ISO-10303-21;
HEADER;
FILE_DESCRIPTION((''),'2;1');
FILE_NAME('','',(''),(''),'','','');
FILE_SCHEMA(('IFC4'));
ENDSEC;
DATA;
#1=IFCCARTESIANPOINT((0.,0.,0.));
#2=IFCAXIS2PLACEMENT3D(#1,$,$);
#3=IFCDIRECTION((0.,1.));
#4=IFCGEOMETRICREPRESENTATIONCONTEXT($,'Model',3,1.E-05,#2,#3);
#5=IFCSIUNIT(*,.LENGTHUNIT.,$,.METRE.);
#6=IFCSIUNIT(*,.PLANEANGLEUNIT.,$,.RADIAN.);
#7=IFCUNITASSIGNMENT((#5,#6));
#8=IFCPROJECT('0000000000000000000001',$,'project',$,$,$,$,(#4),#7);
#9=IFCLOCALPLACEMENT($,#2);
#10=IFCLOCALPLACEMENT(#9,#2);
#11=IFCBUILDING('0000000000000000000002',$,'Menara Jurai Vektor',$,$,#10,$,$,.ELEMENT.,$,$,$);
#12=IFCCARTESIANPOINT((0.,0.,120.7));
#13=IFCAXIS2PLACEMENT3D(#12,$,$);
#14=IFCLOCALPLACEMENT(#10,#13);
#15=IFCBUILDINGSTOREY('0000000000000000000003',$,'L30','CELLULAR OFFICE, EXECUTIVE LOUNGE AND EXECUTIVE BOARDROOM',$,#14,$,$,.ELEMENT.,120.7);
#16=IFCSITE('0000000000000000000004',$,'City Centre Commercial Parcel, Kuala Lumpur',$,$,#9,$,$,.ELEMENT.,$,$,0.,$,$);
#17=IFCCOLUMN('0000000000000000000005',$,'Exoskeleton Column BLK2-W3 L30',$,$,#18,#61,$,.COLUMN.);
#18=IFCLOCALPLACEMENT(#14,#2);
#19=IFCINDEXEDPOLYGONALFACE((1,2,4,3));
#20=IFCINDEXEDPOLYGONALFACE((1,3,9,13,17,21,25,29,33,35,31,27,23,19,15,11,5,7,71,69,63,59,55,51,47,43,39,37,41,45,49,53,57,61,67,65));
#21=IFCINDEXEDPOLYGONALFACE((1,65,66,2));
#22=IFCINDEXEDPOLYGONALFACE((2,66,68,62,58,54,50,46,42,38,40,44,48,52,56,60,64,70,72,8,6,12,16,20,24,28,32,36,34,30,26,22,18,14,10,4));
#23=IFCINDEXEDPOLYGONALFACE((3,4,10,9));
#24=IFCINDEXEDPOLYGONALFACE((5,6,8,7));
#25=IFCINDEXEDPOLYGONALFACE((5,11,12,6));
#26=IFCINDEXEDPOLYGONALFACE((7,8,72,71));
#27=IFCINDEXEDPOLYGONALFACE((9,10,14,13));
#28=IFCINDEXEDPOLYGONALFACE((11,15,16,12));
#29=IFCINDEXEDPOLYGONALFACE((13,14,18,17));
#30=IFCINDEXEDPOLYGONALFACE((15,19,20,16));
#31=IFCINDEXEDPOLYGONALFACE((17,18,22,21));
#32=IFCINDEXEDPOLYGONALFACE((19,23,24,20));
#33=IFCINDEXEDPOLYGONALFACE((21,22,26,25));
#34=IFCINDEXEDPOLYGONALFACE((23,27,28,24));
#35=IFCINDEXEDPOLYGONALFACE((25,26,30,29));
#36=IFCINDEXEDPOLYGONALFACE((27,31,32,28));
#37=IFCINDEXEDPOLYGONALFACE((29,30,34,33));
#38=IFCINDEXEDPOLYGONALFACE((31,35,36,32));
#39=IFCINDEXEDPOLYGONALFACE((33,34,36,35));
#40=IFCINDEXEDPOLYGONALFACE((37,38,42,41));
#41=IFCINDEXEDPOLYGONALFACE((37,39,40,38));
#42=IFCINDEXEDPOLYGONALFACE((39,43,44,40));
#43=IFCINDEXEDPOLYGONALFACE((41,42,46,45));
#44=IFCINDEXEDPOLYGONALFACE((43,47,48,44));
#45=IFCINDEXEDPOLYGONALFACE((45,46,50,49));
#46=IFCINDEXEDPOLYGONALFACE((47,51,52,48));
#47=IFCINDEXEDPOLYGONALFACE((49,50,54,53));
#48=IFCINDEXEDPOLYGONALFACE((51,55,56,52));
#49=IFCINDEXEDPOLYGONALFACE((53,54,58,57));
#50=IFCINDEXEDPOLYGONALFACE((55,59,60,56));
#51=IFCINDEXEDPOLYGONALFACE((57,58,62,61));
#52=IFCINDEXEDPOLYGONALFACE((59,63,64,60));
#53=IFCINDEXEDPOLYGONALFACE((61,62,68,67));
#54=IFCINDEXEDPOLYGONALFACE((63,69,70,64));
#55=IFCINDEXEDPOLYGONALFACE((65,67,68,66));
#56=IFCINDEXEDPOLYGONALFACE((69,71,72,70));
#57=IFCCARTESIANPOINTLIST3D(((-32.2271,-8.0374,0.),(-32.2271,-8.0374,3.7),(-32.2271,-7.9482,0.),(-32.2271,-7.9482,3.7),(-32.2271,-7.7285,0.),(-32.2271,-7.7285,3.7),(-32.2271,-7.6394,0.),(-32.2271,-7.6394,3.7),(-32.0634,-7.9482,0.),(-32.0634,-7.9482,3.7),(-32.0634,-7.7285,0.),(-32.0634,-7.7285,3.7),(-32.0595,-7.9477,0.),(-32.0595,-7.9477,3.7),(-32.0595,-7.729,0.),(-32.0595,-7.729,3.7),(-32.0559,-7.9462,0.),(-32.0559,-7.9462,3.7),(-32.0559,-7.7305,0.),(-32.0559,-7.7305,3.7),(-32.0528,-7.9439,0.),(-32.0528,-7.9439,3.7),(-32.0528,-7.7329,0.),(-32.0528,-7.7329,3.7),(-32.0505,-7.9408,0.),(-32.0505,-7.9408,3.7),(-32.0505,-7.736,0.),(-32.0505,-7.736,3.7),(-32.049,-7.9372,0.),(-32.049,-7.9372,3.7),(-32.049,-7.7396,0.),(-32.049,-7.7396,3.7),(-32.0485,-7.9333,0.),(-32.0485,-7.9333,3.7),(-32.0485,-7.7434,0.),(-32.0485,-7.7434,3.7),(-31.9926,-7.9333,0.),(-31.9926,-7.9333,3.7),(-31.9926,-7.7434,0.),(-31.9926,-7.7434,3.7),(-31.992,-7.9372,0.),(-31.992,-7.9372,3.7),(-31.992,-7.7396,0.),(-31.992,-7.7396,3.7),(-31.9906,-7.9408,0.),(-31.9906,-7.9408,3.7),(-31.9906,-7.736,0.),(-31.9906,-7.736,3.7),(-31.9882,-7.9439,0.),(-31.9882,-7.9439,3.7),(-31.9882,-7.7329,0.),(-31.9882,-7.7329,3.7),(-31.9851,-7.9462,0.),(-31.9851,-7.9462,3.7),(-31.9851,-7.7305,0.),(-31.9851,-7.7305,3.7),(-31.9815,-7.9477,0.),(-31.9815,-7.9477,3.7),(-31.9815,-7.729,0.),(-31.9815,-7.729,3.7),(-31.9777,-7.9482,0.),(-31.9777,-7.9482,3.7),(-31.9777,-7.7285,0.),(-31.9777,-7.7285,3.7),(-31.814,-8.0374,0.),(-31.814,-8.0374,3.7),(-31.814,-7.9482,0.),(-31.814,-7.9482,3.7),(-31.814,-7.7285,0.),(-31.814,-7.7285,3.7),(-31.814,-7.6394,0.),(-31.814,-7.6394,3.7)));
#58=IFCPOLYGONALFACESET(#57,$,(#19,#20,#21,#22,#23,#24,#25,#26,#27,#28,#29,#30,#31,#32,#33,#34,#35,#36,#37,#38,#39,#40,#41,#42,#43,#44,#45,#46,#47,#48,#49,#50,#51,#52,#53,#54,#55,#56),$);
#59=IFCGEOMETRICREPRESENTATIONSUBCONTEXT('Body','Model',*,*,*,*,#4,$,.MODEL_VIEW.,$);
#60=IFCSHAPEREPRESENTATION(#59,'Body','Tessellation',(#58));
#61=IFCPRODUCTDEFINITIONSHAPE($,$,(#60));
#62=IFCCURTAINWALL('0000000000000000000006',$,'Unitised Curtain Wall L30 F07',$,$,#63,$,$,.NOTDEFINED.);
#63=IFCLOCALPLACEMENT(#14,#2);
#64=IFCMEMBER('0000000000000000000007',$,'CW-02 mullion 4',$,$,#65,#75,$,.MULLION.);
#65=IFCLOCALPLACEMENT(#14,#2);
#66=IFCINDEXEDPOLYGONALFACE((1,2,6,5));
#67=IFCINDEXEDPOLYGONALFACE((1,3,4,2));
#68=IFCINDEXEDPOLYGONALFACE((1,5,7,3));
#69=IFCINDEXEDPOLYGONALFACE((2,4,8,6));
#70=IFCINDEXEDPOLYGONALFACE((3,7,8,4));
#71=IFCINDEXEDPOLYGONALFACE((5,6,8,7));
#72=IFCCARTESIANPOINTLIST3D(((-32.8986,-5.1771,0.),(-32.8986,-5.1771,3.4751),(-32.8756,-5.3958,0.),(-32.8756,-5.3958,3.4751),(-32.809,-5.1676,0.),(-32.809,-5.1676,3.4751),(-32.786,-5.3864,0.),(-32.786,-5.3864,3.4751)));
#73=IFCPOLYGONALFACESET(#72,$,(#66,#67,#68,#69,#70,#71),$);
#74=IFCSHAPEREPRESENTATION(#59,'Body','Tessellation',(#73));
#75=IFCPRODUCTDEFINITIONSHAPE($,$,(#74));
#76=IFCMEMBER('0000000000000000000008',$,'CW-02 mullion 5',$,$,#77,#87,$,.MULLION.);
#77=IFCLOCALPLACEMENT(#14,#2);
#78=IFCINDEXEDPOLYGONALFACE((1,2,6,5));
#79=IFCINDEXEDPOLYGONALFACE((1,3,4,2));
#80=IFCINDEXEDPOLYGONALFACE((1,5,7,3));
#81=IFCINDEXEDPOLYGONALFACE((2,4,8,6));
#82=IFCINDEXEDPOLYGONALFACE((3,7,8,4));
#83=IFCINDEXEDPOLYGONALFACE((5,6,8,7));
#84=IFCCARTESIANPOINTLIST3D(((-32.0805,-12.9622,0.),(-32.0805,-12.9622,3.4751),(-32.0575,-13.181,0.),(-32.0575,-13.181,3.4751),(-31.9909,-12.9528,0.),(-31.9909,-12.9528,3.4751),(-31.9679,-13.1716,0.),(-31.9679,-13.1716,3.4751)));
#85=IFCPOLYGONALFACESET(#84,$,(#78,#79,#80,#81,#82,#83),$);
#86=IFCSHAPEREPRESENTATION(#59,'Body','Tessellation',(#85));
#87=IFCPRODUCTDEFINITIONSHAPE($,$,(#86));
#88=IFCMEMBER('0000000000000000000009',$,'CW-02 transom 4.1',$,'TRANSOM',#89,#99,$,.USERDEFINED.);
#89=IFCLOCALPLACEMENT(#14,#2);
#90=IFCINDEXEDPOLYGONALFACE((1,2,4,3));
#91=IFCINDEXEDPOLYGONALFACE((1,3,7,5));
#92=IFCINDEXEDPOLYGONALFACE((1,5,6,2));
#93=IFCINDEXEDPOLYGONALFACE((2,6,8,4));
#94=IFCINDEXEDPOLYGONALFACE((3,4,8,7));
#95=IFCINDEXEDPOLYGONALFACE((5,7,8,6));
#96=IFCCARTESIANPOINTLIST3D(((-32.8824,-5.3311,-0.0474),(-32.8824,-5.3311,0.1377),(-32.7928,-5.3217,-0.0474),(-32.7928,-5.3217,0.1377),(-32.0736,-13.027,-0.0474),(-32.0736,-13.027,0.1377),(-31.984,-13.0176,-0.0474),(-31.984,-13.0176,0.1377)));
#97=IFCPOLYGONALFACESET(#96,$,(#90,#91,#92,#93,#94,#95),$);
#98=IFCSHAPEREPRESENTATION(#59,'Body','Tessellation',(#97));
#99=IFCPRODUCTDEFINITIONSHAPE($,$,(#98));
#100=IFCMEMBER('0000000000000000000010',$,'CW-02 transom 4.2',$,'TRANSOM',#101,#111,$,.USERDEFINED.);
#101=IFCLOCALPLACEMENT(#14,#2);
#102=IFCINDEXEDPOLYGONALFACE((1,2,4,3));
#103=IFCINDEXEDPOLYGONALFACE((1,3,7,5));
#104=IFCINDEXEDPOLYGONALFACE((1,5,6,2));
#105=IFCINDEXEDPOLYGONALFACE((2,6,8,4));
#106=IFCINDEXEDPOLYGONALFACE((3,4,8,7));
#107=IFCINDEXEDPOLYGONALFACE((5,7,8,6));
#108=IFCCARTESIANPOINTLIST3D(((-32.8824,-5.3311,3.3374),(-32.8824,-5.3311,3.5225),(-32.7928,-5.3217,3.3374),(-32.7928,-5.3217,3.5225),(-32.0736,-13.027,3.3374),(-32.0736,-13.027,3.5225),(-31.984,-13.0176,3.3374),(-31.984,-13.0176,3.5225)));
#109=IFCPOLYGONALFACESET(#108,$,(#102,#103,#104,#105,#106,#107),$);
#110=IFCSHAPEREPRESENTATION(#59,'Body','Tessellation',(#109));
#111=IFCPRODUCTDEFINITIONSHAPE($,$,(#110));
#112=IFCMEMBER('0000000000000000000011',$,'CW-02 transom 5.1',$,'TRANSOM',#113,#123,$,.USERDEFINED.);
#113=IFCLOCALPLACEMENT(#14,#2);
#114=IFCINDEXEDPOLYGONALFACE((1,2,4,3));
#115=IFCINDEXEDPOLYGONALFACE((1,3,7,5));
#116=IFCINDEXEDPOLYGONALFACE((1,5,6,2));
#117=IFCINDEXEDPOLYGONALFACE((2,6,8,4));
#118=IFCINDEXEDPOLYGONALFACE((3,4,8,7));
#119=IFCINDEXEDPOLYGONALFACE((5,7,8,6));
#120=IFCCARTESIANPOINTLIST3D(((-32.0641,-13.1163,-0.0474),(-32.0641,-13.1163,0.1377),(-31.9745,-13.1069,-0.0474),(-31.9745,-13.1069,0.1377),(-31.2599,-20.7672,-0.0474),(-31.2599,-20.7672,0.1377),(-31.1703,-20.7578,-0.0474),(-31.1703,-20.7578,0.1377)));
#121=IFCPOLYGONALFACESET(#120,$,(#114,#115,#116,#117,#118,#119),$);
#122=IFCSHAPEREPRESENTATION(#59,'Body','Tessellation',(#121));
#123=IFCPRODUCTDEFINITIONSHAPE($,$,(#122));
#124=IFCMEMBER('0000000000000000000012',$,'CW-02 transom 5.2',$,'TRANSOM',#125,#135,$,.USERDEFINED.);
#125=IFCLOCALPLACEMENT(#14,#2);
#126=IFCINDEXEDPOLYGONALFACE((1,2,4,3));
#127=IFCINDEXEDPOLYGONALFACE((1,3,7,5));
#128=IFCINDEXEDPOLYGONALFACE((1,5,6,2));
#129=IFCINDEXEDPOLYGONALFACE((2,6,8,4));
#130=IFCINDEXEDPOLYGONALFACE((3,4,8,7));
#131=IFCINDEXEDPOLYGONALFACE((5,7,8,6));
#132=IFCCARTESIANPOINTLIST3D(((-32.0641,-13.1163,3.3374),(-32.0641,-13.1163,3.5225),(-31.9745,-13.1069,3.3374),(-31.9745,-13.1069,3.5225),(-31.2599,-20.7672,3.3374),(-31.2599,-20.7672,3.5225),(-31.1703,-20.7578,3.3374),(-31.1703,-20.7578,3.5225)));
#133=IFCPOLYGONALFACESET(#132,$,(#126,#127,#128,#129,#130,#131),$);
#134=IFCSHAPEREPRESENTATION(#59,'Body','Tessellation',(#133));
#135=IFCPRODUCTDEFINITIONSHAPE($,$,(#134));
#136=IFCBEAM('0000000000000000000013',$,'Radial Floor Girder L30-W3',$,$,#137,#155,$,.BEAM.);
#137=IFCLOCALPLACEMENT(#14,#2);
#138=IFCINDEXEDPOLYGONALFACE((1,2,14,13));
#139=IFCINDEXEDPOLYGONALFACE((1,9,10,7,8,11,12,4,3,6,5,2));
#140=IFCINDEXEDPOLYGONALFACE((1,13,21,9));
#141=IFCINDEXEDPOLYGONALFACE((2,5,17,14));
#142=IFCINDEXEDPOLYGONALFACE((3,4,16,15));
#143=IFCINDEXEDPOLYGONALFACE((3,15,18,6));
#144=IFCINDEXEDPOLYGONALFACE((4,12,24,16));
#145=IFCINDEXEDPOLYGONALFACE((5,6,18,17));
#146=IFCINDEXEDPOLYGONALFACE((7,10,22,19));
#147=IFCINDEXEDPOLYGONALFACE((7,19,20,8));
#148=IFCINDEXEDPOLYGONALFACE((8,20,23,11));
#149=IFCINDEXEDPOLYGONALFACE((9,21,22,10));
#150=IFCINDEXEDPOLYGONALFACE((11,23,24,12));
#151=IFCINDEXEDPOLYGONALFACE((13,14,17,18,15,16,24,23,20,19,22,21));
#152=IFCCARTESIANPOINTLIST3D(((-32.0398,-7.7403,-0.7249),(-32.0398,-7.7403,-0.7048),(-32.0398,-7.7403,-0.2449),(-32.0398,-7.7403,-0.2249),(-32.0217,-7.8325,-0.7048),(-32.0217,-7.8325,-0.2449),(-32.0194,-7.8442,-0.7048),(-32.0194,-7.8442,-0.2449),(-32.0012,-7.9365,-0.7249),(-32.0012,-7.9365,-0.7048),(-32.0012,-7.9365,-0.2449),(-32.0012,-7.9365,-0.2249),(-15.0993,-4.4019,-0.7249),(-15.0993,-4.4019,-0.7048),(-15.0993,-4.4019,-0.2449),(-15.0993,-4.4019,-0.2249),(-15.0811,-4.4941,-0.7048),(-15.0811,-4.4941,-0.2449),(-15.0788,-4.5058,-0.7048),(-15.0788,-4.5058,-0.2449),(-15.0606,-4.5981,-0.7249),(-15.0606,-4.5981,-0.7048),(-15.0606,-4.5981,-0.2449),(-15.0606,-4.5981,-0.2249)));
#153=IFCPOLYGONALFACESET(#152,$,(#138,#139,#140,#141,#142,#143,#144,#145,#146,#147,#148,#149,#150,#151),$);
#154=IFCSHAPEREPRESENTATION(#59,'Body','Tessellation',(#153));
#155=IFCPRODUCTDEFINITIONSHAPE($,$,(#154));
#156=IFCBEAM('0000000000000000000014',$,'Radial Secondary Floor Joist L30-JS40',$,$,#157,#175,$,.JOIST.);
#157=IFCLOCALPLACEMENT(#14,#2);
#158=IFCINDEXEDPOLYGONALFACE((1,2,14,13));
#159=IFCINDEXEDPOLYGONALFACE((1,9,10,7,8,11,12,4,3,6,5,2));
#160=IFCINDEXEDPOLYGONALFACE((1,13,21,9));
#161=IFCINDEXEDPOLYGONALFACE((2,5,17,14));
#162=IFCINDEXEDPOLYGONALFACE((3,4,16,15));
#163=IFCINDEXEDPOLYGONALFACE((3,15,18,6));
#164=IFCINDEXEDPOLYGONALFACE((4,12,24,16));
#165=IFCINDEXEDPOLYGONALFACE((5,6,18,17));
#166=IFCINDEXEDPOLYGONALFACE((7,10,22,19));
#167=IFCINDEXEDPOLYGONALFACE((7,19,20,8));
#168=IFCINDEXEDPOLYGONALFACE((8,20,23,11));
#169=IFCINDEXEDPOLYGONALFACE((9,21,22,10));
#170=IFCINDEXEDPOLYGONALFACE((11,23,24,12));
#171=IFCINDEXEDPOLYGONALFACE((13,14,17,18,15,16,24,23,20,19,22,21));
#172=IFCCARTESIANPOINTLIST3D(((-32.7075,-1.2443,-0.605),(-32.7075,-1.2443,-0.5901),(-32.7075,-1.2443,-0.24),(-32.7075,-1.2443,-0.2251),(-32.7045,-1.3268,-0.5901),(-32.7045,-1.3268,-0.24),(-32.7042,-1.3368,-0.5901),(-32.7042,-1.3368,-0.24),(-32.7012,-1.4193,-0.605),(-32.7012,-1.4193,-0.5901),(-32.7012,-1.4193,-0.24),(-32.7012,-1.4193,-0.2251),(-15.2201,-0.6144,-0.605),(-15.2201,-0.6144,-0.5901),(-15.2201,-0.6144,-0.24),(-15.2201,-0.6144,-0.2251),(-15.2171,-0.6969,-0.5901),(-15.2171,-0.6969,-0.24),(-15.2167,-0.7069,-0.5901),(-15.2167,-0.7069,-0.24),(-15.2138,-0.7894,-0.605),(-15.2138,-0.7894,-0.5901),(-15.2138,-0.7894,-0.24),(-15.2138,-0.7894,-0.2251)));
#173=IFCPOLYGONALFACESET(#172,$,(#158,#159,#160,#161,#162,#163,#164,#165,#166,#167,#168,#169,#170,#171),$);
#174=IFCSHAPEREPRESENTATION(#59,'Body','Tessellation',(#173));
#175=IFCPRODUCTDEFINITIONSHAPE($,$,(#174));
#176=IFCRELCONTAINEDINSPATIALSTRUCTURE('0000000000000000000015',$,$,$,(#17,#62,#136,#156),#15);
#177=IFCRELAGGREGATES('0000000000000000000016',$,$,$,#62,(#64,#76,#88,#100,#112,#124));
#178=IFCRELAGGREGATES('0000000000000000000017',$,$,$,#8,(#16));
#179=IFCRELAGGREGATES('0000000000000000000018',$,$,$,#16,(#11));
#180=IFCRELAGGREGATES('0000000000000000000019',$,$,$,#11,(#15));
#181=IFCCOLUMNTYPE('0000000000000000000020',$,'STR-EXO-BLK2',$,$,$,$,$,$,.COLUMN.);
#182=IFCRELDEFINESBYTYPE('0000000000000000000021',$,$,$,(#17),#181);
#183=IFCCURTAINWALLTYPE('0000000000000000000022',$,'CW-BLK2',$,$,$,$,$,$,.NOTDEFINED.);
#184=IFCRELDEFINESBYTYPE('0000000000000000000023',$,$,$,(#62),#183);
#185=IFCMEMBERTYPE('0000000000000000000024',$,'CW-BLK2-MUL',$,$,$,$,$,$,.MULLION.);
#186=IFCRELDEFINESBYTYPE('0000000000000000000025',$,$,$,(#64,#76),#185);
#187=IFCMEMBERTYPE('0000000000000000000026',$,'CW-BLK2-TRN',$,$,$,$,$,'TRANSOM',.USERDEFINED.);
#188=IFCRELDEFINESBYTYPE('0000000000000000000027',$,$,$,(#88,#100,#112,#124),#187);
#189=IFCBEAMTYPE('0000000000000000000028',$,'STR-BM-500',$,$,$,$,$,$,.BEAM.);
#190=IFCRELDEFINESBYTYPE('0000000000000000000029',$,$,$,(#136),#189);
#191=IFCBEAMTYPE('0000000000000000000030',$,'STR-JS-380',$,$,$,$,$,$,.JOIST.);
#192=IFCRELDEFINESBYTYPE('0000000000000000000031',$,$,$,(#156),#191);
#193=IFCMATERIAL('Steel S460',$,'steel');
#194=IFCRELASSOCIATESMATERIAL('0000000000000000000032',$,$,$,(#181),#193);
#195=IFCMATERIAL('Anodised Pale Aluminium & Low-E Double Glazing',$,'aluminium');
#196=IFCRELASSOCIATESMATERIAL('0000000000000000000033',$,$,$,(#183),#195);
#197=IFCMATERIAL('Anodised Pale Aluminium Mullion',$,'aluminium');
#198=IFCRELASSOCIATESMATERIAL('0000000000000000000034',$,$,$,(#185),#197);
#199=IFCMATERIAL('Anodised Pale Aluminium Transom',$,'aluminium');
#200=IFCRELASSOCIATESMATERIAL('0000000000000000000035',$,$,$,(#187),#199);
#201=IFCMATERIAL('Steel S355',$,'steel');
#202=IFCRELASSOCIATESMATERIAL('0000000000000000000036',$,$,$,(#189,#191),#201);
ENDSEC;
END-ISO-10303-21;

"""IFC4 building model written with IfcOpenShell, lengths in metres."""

from ifc_helpers import new_model, si_unit, direction, frame, origin, origin_2d, place, context, subcontext, project, spatial, rectangle, i_section, extrude, material, material_profile, profile_set, type_object, element, aggregate, save


model = new_model("IFC4")

# Units and contexts
model_context = context("Model", 3, precision=1e-05, world=origin(), true_north=direction((0.0, 1.0)))
body_context = subcontext(model_context, "Body", "Model", "MODEL_VIEW")
ifc_project = project(units=[si_unit("LENGTHUNIT", "METRE"), si_unit("PLANEANGLEUNIT", "RADIAN")], contexts=[model_context])

# Site, building, storey
site_placement = place(None, origin())
site = spatial("IfcSite", under=ifc_project, at=site_placement, Name="City Centre Commercial Parcel, Kuala Lumpur", CompositionType="ELEMENT", RefElevation=0.0)
building_placement = place(site_placement, origin())
building = spatial("IfcBuilding", under=site, at=building_placement, Name="Menara Jurai Vektor", CompositionType="ELEMENT")
storey_placement = place(building_placement, frame((0.0, 0.0, 120.7)))
storey = spatial("IfcBuildingStorey", under=building, at=storey_placement, Name="L30", Description="CELLULAR OFFICE, EXECUTIVE LOUNGE AND EXECUTIVE BOARDROOM", CompositionType="ELEMENT", Elevation=120.7)

# Column
ifc_material_1 = material(Name="Steel S460", Category="steel")
ifc_material_profile_1 = material_profile(ifc_material_1, i_section(OverallWidth=0.4131, OverallDepth=0.3979, WebThickness=0.0559, FlangeThickness=0.0891, FilletRadius=0.0149, at=origin_2d()), Name="HD 400x744")
ifc_profile_set_1 = profile_set([ifc_material_profile_1], Name="Steel S460")
column_type = type_object("IfcColumnType", Name="STR-EXO-BLK2", PredefinedType="COLUMN", material=ifc_profile_set_1)
column_placement = place(storey_placement, frame((-32.0205, -7.8384, 0.0), z_axis=(0.0, 0.0, 1.0), x_axis=(1.0, 0.0, 0.0)))
element("IfcColumn", 1, at=column_placement, inside=storey, type_object=column_type, Name="Exoskeleton Column BLK2-W3 L30", PredefinedType="COLUMN", context=body_context, shape_type="SweptSolid", body=[
    extrude(i_section(OverallWidth=0.4131, OverallDepth=0.3979, WebThickness=0.0559, FlangeThickness=0.0891, FilletRadius=0.0149, at=origin_2d()), origin(), (0.0, 0.0, 1.0), 3.7),
])

# Curtain wall, members
ifc_material_2 = material(Name="Anodised Pale Aluminium & Low-E Double Glazing", Category="aluminium")
curtain_wall_type = type_object("IfcCurtainWallType", Name="CW-BLK2", PredefinedType="NOTDEFINED", material=ifc_material_2)
curtain_wall_placement = place(storey_placement, origin())
curtain_wall = element("IfcCurtainWall", 2, at=curtain_wall_placement, inside=storey, type_object=curtain_wall_type, Name="Unitised Curtain Wall L30 F07", PredefinedType="NOTDEFINED")
ifc_material_3 = material(Name="Anodised Pale Aluminium Mullion", Category="aluminium")
ifc_material_profile_2 = material_profile(ifc_material_3, rectangle(XDim=0.0901, YDim=0.22, at=origin_2d()), Name="ALU MUL 90x220")
ifc_profile_set_2 = profile_set([ifc_material_profile_2], Name="Anodised Pale Aluminium Mullion")
member_type_1 = type_object("IfcMemberType", Name="CW-BLK2-MUL", PredefinedType="MULLION", material=ifc_profile_set_2)
member_1_placement = place(storey_placement, frame((-32.8423, -5.2817, 0.0), z_axis=(0.0, 0.0, 1.0), x_axis=(0.994522, 0.10453, 0.0)))
member_1 = element("IfcMember", 3, at=member_1_placement, type_object=member_type_1, Name="CW-02 mullion 4", PredefinedType="MULLION", context=body_context, shape_type="SweptSolid", body=[
    extrude(rectangle(XDim=0.0901, YDim=0.22, at=origin_2d()), origin(), (0.0, 0.0, 1.0), 3.4751),
])
member_2_placement = place(storey_placement, frame((-32.0242, -13.0669, 0.0), z_axis=(0.0, 0.0, 1.0), x_axis=(0.994522, 0.10453, 0.0)))
member_2 = element("IfcMember", 4, at=member_2_placement, type_object=member_type_1, Name="CW-02 mullion 5", PredefinedType="MULLION", context=body_context, shape_type="SweptSolid", body=[
    extrude(rectangle(XDim=0.0901, YDim=0.22, at=origin_2d()), origin(), (0.0, 0.0, 1.0), 3.4751),
])
ifc_material_4 = material(Name="Anodised Pale Aluminium Transom", Category="aluminium")
ifc_material_profile_3 = material_profile(ifc_material_4, rectangle(XDim=0.0901, YDim=0.1851, at=origin_2d()), Name="ALU TRN 90x185")
ifc_profile_set_3 = profile_set([ifc_material_profile_3], Name="Anodised Pale Aluminium Transom")
member_type_2 = type_object("IfcMemberType", Name="CW-BLK2-TRN", ElementType="TRANSOM", PredefinedType="USERDEFINED", material=ifc_profile_set_3)
member_3_placement = place(storey_placement, frame((-32.8376, -5.3264, 0.0452), z_axis=(0.104525, -0.994522, 0.0), x_axis=(0.994522, 0.104525, 0.0)))
member_3 = element("IfcMember", 5, at=member_3_placement, type_object=member_type_2, Name="CW-02 transom 4.1", ObjectType="TRANSOM", PredefinedType="USERDEFINED", context=body_context, shape_type="SweptSolid", body=[
    extrude(rectangle(XDim=0.0901, YDim=0.1851, at=origin_2d()), origin(), (0.0, 0.0, 1.0), 7.7383),
])
member_4_placement = place(storey_placement, frame((-32.8376, -5.3264, 3.4299), z_axis=(0.104525, -0.994522, 0.0), x_axis=(0.994522, 0.104525, 0.0)))
member_4 = element("IfcMember", 6, at=member_4_placement, type_object=member_type_2, Name="CW-02 transom 4.2", ObjectType="TRANSOM", PredefinedType="USERDEFINED", context=body_context, shape_type="SweptSolid", body=[
    extrude(rectangle(XDim=0.0901, YDim=0.1851, at=origin_2d()), origin(), (0.0, 0.0, 1.0), 7.7383),
])
member_5_placement = place(storey_placement, frame((-32.0193, -13.1116, 0.0452), z_axis=(0.104536, -0.994521, 0.0), x_axis=(0.994521, 0.104536, 0.0)))
member_5 = element("IfcMember", 7, at=member_5_placement, type_object=member_type_2, Name="CW-02 transom 5.1", ObjectType="TRANSOM", PredefinedType="USERDEFINED", context=body_context, shape_type="SweptSolid", body=[
    extrude(rectangle(XDim=0.0901, YDim=0.1851, at=origin_2d()), origin(), (0.0, 0.0, 1.0), 7.6931),
])
member_6_placement = place(storey_placement, frame((-32.0193, -13.1116, 3.4299), z_axis=(0.104536, -0.994521, 0.0), x_axis=(0.994521, 0.104536, 0.0)))
member_6 = element("IfcMember", 8, at=member_6_placement, type_object=member_type_2, Name="CW-02 transom 5.2", ObjectType="TRANSOM", PredefinedType="USERDEFINED", context=body_context, shape_type="SweptSolid", body=[
    extrude(rectangle(XDim=0.0901, YDim=0.1851, at=origin_2d()), origin(), (0.0, 0.0, 1.0), 7.6931),
])

# Beams
ifc_material_5 = material(Name="Steel S355", Category="steel")
ifc_material_profile_4 = material_profile(ifc_material_5, i_section(OverallWidth=0.2, OverallDepth=0.5, WebThickness=0.012, FlangeThickness=0.02, at=origin_2d()), Name="PG 500x200x96")
ifc_profile_set_4 = profile_set([ifc_material_profile_4], Name="Steel S355")
beam_type_1 = type_object("IfcBeamType", Name="STR-BM-500", PredefinedType="BEAM", material=ifc_profile_set_4)
beam_1_placement = place(storey_placement, frame((-32.0205, -7.8384, -0.4749), z_axis=(0.98113, 0.193347, 0.0), x_axis=(-0.193347, 0.98113, 0.0)))
element("IfcBeam", 9, at=beam_1_placement, inside=storey, type_object=beam_type_1, Name="Radial Floor Girder L30-W3", PredefinedType="BEAM", context=body_context, shape_type="SweptSolid", body=[
    extrude(i_section(OverallWidth=0.2, OverallDepth=0.5, WebThickness=0.012, FlangeThickness=0.02, at=origin_2d()), origin(), (0.0, 0.0, 1.0), 17.2664),
])
ifc_material_profile_5 = material_profile(ifc_material_5, i_section(OverallWidth=0.175, OverallDepth=0.3799, WebThickness=0.01, FlangeThickness=0.0149, at=origin_2d()), Name="PG 380x175x58")
ifc_profile_set_5 = profile_set([ifc_material_profile_5], Name="Steel S355")
beam_type_2 = type_object("IfcBeamType", Name="STR-JS-380", PredefinedType="JOIST", material=ifc_profile_set_5)
beam_2_placement = place(storey_placement, frame((-32.7043, -1.3318, -0.415), z_axis=(0.999352, 0.035996, 0.0), x_axis=(-0.035996, 0.999352, 0.0)))
element("IfcBeam", 10, at=beam_2_placement, inside=storey, type_object=beam_type_2, Name="Radial Secondary Floor Joist L30-JS40", PredefinedType="JOIST", context=body_context, shape_type="SweptSolid", body=[
    extrude(i_section(OverallWidth=0.175, OverallDepth=0.3799, WebThickness=0.01, FlangeThickness=0.0149, at=origin_2d()), origin(), (0.0, 0.0, 1.0), 17.4988),
])

aggregate(curtain_wall, [member_1, member_2, member_3, member_4, member_5, member_6])

save(model, "model.ifc")
